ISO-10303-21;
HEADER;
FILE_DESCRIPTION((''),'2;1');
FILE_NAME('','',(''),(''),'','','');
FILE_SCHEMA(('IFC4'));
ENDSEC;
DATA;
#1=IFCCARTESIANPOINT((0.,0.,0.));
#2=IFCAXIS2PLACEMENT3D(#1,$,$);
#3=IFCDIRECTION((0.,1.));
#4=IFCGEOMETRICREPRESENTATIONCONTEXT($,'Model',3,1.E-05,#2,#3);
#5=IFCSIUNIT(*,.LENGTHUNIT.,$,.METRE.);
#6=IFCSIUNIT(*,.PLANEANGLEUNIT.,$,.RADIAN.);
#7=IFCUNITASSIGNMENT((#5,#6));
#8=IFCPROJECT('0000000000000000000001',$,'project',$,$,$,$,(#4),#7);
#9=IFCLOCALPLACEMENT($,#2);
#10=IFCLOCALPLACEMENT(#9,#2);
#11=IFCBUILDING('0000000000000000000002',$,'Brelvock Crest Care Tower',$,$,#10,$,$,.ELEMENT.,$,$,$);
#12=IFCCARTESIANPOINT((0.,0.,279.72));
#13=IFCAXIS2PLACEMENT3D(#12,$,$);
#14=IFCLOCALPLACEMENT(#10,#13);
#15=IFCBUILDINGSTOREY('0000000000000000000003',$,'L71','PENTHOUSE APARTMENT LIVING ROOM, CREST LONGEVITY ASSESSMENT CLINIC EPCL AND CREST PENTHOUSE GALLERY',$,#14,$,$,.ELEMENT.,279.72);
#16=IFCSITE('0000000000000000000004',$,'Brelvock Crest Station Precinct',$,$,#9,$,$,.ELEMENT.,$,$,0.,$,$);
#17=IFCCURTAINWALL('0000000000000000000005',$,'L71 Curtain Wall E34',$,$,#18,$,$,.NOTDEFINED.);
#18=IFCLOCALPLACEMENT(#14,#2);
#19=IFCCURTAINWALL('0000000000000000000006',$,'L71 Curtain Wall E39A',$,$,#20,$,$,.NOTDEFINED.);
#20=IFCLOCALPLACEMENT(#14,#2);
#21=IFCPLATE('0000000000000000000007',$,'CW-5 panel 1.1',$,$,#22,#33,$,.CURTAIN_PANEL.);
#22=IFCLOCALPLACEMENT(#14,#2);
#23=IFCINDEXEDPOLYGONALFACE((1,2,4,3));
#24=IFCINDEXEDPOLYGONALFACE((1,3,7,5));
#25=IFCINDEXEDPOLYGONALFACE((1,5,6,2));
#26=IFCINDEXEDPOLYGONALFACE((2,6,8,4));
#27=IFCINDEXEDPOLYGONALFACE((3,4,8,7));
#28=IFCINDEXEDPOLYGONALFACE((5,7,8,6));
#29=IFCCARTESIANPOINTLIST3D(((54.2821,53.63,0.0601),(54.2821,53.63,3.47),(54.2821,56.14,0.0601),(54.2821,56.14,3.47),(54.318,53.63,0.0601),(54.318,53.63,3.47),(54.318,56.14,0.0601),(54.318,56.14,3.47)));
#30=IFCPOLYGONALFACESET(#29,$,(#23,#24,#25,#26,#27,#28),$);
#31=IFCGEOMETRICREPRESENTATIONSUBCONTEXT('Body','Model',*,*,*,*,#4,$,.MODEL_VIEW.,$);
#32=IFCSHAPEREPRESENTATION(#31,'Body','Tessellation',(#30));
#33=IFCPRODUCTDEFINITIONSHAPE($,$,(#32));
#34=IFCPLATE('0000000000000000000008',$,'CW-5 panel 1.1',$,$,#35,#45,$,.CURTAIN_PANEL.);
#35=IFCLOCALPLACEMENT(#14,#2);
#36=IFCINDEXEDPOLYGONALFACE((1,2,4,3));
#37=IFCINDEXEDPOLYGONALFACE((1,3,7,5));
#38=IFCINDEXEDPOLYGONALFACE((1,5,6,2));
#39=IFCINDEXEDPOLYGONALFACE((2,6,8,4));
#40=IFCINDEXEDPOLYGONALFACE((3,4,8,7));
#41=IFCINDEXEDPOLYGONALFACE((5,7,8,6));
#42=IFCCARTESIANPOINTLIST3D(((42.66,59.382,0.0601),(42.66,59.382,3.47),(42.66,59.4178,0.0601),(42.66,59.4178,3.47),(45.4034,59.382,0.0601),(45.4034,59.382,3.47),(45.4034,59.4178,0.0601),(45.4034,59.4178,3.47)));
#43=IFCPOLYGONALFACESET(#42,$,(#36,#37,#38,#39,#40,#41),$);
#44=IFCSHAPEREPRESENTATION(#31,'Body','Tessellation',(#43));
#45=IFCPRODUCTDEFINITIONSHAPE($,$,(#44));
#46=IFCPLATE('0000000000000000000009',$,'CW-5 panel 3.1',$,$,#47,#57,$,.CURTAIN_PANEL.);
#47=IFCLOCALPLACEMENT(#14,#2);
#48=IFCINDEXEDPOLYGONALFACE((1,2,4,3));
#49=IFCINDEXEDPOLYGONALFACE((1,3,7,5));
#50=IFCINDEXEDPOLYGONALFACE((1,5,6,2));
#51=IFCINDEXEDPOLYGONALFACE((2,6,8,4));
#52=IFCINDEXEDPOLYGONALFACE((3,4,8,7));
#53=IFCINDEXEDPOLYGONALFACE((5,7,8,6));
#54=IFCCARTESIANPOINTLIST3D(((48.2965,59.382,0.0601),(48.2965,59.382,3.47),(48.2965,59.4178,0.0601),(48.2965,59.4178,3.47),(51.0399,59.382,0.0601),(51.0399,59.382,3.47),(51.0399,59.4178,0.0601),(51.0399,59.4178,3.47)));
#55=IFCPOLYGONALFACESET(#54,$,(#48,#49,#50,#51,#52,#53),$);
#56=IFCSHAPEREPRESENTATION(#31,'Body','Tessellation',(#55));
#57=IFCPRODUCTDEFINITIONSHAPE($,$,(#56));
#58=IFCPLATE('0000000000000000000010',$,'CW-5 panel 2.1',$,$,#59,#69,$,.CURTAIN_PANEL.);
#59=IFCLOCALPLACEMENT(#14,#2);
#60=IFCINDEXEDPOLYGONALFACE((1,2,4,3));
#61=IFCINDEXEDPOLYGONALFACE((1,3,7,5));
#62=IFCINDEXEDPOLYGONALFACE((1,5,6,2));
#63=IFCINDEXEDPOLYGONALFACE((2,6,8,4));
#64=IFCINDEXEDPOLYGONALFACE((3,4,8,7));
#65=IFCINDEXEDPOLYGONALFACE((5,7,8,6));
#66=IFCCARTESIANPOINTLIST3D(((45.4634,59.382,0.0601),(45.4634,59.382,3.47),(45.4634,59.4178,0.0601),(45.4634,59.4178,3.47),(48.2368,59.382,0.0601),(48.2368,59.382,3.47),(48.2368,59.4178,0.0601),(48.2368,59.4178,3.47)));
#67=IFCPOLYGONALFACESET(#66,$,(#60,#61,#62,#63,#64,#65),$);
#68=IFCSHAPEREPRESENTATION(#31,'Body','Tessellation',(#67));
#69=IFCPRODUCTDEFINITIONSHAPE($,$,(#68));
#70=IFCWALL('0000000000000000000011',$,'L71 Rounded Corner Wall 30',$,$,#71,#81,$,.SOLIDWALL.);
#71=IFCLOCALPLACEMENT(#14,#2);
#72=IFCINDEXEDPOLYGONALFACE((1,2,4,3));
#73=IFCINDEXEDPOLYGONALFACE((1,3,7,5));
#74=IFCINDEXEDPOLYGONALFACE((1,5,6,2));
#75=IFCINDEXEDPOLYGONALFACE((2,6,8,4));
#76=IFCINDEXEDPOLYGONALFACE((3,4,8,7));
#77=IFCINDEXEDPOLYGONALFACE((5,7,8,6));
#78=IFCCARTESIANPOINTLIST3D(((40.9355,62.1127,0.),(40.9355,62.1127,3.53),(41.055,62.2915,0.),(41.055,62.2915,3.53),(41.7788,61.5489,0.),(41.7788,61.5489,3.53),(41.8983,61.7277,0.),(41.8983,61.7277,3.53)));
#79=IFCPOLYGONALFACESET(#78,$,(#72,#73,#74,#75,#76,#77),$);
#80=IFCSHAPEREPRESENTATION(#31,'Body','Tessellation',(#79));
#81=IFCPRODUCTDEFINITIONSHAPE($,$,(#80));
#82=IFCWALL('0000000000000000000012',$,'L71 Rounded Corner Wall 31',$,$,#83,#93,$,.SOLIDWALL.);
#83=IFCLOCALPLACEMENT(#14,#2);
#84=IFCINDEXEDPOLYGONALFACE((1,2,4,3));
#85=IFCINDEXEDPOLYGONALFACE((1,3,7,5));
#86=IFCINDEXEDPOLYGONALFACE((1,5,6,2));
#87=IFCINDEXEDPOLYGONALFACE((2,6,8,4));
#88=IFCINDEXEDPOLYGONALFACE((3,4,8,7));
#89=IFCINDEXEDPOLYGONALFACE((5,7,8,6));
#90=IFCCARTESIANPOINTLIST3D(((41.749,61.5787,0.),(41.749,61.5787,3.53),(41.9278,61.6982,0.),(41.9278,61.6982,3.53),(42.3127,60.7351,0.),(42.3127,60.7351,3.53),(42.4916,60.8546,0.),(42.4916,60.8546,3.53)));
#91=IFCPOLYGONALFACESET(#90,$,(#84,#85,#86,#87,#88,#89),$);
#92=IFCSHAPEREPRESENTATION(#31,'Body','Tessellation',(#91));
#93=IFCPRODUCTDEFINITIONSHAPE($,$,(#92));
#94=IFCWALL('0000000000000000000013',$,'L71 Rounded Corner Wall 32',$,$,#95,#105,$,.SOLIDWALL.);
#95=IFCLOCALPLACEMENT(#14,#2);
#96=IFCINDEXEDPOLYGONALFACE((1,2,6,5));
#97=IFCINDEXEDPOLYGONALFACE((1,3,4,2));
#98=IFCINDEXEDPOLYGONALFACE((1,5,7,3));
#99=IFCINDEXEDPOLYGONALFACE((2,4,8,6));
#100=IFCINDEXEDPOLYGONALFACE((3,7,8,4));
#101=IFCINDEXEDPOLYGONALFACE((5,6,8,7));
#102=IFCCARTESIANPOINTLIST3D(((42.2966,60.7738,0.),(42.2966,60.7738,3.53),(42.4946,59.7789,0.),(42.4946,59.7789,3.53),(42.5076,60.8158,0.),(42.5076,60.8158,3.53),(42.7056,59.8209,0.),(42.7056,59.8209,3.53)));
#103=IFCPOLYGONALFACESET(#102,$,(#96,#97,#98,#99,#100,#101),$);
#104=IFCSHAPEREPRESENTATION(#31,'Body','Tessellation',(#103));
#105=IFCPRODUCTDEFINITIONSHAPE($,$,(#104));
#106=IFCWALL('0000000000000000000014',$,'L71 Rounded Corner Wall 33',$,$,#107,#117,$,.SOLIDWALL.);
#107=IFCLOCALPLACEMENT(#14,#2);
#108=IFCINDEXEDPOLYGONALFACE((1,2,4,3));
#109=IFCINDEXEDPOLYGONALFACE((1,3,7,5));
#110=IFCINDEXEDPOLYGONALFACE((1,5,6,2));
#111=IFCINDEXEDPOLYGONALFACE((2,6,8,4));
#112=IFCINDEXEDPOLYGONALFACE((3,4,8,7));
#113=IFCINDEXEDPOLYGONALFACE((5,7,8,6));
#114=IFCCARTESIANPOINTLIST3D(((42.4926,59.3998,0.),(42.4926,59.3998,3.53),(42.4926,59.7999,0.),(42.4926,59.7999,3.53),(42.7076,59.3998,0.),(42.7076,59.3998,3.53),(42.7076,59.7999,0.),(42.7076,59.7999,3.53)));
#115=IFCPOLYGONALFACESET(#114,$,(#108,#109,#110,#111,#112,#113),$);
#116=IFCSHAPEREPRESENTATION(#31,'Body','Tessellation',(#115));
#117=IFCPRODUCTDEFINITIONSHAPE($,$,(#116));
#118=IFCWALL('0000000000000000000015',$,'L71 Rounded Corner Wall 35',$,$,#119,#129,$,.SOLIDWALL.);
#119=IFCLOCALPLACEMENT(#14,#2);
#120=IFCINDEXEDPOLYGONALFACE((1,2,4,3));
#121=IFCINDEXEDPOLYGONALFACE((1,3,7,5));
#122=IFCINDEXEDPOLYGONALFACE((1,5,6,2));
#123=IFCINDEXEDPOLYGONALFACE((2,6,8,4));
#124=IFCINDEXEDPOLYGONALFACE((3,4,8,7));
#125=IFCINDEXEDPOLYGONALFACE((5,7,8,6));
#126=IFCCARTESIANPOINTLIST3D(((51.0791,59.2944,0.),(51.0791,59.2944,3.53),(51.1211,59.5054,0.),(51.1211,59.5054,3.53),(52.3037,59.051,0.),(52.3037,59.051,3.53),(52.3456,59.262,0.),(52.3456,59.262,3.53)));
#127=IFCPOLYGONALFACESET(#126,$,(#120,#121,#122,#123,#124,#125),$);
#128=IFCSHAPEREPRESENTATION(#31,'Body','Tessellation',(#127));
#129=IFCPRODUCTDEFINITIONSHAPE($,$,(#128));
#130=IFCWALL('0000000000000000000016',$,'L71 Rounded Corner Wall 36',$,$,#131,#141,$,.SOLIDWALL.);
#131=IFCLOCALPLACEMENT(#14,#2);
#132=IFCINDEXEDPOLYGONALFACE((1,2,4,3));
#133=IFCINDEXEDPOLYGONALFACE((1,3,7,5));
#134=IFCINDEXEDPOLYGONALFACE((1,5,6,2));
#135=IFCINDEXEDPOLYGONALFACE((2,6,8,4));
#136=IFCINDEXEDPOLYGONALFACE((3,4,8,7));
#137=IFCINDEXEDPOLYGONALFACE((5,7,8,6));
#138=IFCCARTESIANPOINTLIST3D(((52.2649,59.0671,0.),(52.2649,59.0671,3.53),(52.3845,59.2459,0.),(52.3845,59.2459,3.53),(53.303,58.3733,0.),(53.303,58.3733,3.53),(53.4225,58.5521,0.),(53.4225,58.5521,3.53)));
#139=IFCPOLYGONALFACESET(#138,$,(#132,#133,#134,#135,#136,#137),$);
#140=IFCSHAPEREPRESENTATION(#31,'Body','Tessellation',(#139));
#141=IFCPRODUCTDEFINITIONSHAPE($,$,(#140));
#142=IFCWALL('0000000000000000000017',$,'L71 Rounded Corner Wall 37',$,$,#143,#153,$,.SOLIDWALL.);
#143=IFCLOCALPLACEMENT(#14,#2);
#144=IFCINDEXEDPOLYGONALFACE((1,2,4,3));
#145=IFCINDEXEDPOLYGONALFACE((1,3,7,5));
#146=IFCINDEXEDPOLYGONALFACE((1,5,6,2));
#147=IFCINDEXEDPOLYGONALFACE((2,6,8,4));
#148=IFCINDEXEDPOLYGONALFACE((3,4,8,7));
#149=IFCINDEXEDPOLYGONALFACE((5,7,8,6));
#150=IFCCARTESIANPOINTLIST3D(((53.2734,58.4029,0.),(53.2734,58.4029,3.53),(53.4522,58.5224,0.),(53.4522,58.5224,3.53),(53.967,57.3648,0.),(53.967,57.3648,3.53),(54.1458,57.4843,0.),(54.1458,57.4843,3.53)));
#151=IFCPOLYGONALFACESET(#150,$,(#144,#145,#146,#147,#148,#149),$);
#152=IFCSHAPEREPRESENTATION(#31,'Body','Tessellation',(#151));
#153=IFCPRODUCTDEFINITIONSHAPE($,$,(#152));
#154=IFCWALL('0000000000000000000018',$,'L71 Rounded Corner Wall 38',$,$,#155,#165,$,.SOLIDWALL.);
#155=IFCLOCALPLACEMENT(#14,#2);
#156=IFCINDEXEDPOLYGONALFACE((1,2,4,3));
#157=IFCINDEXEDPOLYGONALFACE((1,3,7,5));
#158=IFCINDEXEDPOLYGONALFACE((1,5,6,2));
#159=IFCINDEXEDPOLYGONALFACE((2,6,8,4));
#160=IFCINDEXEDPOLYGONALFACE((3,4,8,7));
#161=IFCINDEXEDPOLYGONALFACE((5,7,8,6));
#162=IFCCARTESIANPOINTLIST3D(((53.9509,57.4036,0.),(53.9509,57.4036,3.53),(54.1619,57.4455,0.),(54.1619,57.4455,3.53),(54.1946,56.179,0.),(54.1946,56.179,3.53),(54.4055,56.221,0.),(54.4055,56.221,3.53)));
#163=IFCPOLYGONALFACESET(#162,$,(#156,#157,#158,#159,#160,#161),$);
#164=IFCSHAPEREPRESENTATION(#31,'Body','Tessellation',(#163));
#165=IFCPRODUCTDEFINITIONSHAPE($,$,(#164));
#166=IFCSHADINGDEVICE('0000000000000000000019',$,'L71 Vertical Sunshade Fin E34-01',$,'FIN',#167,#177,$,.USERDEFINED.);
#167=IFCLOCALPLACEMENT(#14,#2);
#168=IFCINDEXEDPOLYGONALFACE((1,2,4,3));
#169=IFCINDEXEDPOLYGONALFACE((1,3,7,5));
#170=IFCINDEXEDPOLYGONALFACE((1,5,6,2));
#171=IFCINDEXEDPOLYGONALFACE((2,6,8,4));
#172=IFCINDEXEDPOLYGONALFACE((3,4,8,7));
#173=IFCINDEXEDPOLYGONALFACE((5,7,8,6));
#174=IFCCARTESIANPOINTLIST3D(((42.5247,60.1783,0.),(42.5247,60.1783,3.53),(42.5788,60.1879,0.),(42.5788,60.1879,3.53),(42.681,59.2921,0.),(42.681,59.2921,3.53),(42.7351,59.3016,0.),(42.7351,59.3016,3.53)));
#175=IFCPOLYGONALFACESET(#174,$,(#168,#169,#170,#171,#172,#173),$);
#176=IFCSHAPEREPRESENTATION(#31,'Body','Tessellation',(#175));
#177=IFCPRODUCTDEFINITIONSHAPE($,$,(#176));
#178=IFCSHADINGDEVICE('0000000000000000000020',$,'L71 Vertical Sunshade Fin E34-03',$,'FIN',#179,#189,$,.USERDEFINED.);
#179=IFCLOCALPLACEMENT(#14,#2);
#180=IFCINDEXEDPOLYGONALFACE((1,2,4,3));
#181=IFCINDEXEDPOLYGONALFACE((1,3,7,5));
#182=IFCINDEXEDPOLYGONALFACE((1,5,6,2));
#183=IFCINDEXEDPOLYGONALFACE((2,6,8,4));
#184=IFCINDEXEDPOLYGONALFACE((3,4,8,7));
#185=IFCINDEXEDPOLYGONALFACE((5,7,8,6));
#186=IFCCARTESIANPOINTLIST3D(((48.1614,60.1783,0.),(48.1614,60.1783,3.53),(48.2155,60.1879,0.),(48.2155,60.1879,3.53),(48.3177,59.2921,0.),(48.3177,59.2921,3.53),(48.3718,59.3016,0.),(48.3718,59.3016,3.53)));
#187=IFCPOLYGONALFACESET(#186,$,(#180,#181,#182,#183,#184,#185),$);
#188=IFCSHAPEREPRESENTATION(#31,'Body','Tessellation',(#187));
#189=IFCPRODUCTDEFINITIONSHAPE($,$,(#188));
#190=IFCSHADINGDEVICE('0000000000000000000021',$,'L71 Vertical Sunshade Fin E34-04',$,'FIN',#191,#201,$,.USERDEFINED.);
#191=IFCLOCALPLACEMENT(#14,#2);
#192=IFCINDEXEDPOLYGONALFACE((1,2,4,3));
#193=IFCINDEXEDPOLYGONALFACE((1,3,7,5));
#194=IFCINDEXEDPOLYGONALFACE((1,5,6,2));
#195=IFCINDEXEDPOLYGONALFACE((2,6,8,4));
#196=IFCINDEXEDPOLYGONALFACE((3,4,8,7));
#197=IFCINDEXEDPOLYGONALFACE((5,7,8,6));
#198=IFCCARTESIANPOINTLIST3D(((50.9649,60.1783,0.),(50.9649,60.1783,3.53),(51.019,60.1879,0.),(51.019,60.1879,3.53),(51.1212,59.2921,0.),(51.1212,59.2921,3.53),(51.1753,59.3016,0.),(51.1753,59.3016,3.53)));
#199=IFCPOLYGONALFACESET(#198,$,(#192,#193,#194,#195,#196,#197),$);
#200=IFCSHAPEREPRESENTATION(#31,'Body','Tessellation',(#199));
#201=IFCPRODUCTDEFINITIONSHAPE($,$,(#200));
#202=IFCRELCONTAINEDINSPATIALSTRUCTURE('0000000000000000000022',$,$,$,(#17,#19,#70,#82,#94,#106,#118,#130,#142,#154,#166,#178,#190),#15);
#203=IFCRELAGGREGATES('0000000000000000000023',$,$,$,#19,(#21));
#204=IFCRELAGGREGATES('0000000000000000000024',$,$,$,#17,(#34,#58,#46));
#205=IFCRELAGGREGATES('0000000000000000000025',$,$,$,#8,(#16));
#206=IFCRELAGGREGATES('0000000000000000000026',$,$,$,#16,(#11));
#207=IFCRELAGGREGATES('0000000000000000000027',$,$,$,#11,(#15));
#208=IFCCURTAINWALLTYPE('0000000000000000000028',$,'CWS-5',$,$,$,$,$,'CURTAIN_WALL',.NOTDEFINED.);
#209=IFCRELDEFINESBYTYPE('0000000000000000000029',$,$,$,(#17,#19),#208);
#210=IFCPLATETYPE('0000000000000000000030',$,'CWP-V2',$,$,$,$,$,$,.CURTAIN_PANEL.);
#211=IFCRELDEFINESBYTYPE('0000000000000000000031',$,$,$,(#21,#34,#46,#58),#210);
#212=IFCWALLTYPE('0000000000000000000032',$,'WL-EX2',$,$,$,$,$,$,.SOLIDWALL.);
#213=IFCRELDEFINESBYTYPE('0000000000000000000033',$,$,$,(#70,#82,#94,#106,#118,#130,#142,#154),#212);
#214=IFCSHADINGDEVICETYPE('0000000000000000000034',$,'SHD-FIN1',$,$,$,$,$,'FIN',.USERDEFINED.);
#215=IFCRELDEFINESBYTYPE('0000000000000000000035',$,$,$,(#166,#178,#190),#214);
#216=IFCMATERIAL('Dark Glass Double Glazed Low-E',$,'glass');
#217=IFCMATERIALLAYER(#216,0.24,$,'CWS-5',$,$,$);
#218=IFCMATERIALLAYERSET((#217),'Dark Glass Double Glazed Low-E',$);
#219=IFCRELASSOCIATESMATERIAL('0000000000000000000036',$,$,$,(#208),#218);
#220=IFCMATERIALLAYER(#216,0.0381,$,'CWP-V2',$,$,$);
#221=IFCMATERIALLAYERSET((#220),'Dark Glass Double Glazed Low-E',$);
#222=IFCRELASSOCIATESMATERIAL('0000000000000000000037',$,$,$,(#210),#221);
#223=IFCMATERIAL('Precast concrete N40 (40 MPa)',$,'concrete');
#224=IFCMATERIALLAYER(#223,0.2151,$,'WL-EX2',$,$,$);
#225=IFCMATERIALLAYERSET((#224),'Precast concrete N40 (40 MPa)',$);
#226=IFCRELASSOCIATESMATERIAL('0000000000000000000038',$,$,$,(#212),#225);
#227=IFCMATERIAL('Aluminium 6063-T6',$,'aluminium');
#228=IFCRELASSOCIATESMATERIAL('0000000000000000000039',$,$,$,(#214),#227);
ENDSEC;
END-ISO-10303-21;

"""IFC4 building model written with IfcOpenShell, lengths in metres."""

from ifc_helpers import new_model, si_unit, direction, frame, frame_2d, origin, origin_2d, place, context, subcontext, project, spatial, rectangle, extrude, source, transform, mapped, material, layer, layer_set, material_profile, profile_set, type_object, element, aggregate, save


model = new_model("IFC4")

# Units and contexts
model_context = context("Model", 3, precision=1e-05, world=origin(), true_north=direction((0.0, 1.0)))
body_context = subcontext(model_context, "Body", "Model", "MODEL_VIEW")
ifc_project = project(units=[si_unit("LENGTHUNIT", "METRE"), si_unit("PLANEANGLEUNIT", "RADIAN")], contexts=[model_context])

# Site, building, storey
site_placement = place(None, origin())
site = spatial("IfcSite", under=ifc_project, at=site_placement, Name="Brelvock Crest Station Precinct", CompositionType="ELEMENT", RefElevation=0.0)
building_placement = place(site_placement, origin())
building = spatial("IfcBuilding", under=site, at=building_placement, Name="Brelvock Crest Care Tower", CompositionType="ELEMENT")
storey_placement = place(building_placement, frame((0.0, 0.0, 279.72)))
storey = spatial("IfcBuildingStorey", under=building, at=storey_placement, Name="L71", Description="PENTHOUSE APARTMENT LIVING ROOM, CREST LONGEVITY ASSESSMENT CLINIC EPCL AND CREST PENTHOUSE GALLERY", CompositionType="ELEMENT", Elevation=279.72)

# Curtain walls
ifc_material_1 = material(Name="Dark Glass Double Glazed Low-E", Category="glass")
ifc_layer_1 = layer(ifc_material_1, 0.24, Name="CWS-5")
ifc_layer_set_1 = layer_set([ifc_layer_1], Name="Dark Glass Double Glazed Low-E")
curtain_wall_type = type_object("IfcCurtainWallType", Name="CWS-5", ElementType="CURTAIN_WALL", PredefinedType="NOTDEFINED", material=ifc_layer_set_1)
curtain_wall_1_placement = place(storey_placement, origin())
curtain_wall_1 = element("IfcCurtainWall", 1, at=curtain_wall_1_placement, inside=storey, type_object=curtain_wall_type, Name="L71 Curtain Wall E34", PredefinedType="NOTDEFINED")
ifc_material_2 = material(Name="Aluminium 6063-T6", Category="aluminium")
curtain_wall_2_placement = place(storey_placement, origin())
curtain_wall_2 = element("IfcCurtainWall", 2, at=curtain_wall_2_placement, inside=storey, type_object=curtain_wall_type, Name="L71 Curtain Wall E39A", PredefinedType="NOTDEFINED")

# Plates
ifc_layer_2 = layer(ifc_material_1, 0.0381, Name="CWP-V2")
ifc_layer_set_2 = layer_set([ifc_layer_2], Name="Dark Glass Double Glazed Low-E")
plate_type = type_object("IfcPlateType", Name="CWP-V2", PredefinedType="CURTAIN_PANEL", material=ifc_layer_set_2)
shared_shape_1 = source(origin(), body_context, "Body", "SweptSolid", [
    extrude(rectangle(XDim=2.51, YDim=0.0359, at=origin_2d()), origin(), (0.0, 0.0, 1.0), 3.4099),
])
plate_1_placement = place(storey_placement, frame((54.3, 54.885, 0.0601), z_axis=(0.0, 0.0, 1.0), x_axis=(0.0, -1.0, 0.0)))
plate_1 = element("IfcPlate", 3, at=plate_1_placement, type_object=plate_type, Name="CW-5 panel 1.1", PredefinedType="CURTAIN_PANEL", context=body_context, shape_type="MappedRepresentation", body=[
    mapped(shared_shape_1, transform((0.0, 0.0, 0.0), x_axis=(1.0, 0.0, 0.0), y_axis=(0.0, 1.0, 0.0), z_axis=(0.0, 0.0, 1.0), scale=1.0)),
])
aggregate(curtain_wall_2, [plate_1])
shared_shape_2 = source(origin(), body_context, "Body", "SweptSolid", [
    extrude(rectangle(XDim=2.7434, YDim=0.0359, at=origin_2d()), origin(), (0.0, 0.0, 1.0), 3.4099),
])
plate_2_placement = place(storey_placement, frame((44.0317, 59.3999, 0.0601), z_axis=(0.0, 0.0, 1.0), x_axis=(1.0, 0.0, 0.0)))
plate_2 = element("IfcPlate", 4, at=plate_2_placement, type_object=plate_type, Name="CW-5 panel 1.1", PredefinedType="CURTAIN_PANEL", context=body_context, shape_type="MappedRepresentation", body=[
    mapped(shared_shape_2, transform((0.0, 0.0, 0.0), x_axis=(1.0, 0.0, 0.0), y_axis=(0.0, 1.0, 0.0), z_axis=(0.0, 0.0, 1.0), scale=1.0)),
])
plate_3_placement = place(storey_placement, frame((49.6682, 59.3999, 0.0601), z_axis=(0.0, 0.0, 1.0), x_axis=(1.0, 0.0, 0.0)))
plate_3 = element("IfcPlate", 5, at=plate_3_placement, type_object=plate_type, Name="CW-5 panel 3.1", PredefinedType="CURTAIN_PANEL", context=body_context, shape_type="MappedRepresentation", body=[
    mapped(shared_shape_2, transform((0.0, 0.0, 0.0), x_axis=(1.0, 0.0, 0.0), y_axis=(0.0, 1.0, 0.0), z_axis=(0.0, 0.0, 1.0), scale=1.0)),
])
shared_shape_3 = source(origin(), body_context, "Body", "SweptSolid", [
    extrude(rectangle(XDim=2.7734, YDim=0.0359, at=origin_2d()), origin(), (0.0, 0.0, 1.0), 3.4099),
])
plate_4_placement = place(storey_placement, frame((46.8501, 59.3999, 0.0601), z_axis=(0.0, 0.0, 1.0), x_axis=(1.0, 0.0, 0.0)))
plate_4 = element("IfcPlate", 6, at=plate_4_placement, type_object=plate_type, Name="CW-5 panel 2.1", PredefinedType="CURTAIN_PANEL", context=body_context, shape_type="MappedRepresentation", body=[
    mapped(shared_shape_3, transform((0.0, 0.0, 0.0), x_axis=(1.0, 0.0, 0.0), y_axis=(0.0, 1.0, 0.0), z_axis=(0.0, 0.0, 1.0), scale=1.0)),
])
aggregate(curtain_wall_1, [plate_2, plate_4, plate_3])

# Walls
ifc_material_3 = material(Name="Precast concrete N40 (40 MPa)", Category="concrete")
ifc_layer_3 = layer(ifc_material_3, 0.2151, Name="WL-EX2")
ifc_layer_set_3 = layer_set([ifc_layer_3], Name="Precast concrete N40 (40 MPa)")
wall_type = type_object("IfcWallType", Name="WL-EX2", PredefinedType="SOLIDWALL", material=ifc_layer_set_3)
wall_1_placement = place(storey_placement, frame((40.9951, 62.2021, 0.0), z_axis=(0.0, 0.0, 1.0), x_axis=(0.831346, -0.555755, 0.0)))
element("IfcWall", 7, at=wall_1_placement, inside=storey, type_object=wall_type, Name="L71 Rounded Corner Wall 30", PredefinedType="SOLIDWALL", context=body_context, shape_type="SweptSolid", body=[
    extrude(rectangle(XDim=1.0144, YDim=0.2151, at=frame_2d((0.5073, 0.0))), origin(), (0.0, 0.0, 1.0), 3.53),
])
wall_2_placement = place(storey_placement, frame((41.8384, 61.6384, 0.0), z_axis=(0.0, 0.0, 1.0), x_axis=(0.555644, -0.83142, 0.0)))
element("IfcWall", 8, at=wall_2_placement, inside=storey, type_object=wall_type, Name="L71 Rounded Corner Wall 31", PredefinedType="SOLIDWALL", context=body_context, shape_type="SweptSolid", body=[
    extrude(rectangle(XDim=1.0146, YDim=0.2151, at=frame_2d((0.5073, 0.0))), origin(), (0.0, 0.0, 1.0), 3.53),
])
wall_3_placement = place(storey_placement, frame((42.4021, 60.7949, 0.0), z_axis=(0.0, 0.0, 1.0), x_axis=(0.19519, -0.980765, 0.0)))
element("IfcWall", 9, at=wall_3_placement, inside=storey, type_object=wall_type, Name="L71 Rounded Corner Wall 32", PredefinedType="SOLIDWALL", context=body_context, shape_type="SweptSolid", body=[
    extrude(rectangle(XDim=1.0144, YDim=0.2151, at=frame_2d((0.5073, 0.0))), origin(), (0.0, 0.0, 1.0), 3.53),
])
wall_4_placement = place(storey_placement, frame((42.6001, 59.8, 0.0), z_axis=(0.0, 0.0, 1.0), x_axis=(0.0, -1.0, 0.0)))
element("IfcWall", 10, at=wall_4_placement, inside=storey, type_object=wall_type, Name="L71 Rounded Corner Wall 33", PredefinedType="SOLIDWALL", context=body_context, shape_type="SweptSolid", body=[
    extrude(rectangle(XDim=0.4001, YDim=0.2151, at=frame_2d((0.2002, 0.0))), origin(), (0.0, 0.0, 1.0), 3.53),
])
for number, where, z_axis, x_axis, name in (
    (11, (51.1001, 59.3999, 0.0), (0.0, 0.0, 1.0), (0.980813, -0.19495, 0.0), "L71 Rounded Corner Wall 35"),
    (12, (52.3247, 59.1565, 0.0), (0.0, 0.0, 1.0), (0.831388, -0.555692, 0.0), "L71 Rounded Corner Wall 36"),
    (13, (53.3628, 58.4626, 0.0), (0.0, 0.0, 1.0), (0.555557, -0.831478, 0.0), "L71 Rounded Corner Wall 37"),
    (14, (54.0564, 57.4246, 0.0), (0.0, 0.0, 1.0), (0.195138, -0.980776, 0.0), "L71 Rounded Corner Wall 38"),
):
    element("IfcWall", number, at=place(storey_placement, frame(where, z_axis=z_axis, x_axis=x_axis)), inside=storey, type_object=wall_type, Name=name, PredefinedType="SOLIDWALL", context=body_context, shape_type="SweptSolid", body=[
        extrude(rectangle(XDim=1.2485, YDim=0.2151, at=frame_2d((0.6243, 0.0))), origin(), (0.0, 0.0, 1.0), 3.53),
    ])

# Shading devices
ifc_material_profile_1 = material_profile(ifc_material_2, rectangle(XDim=0.0549, YDim=0.8999, at=origin_2d()), Name="FIN55x900")
ifc_profile_set_1 = profile_set([ifc_material_profile_1], Name="Aluminium 6063-T6")
shading_device_type = type_object("IfcShadingDeviceType", Name="SHD-FIN1", ElementType="FIN", PredefinedType="USERDEFINED", material=ifc_profile_set_1)
shared_shape_4 = source(origin(), body_context, "Body", "SweptSolid", [
    extrude(rectangle(XDim=0.0549, YDim=0.8999, at=origin_2d()), origin(), (0.0, 0.0, 1.0), 3.53),
])
for number, where, z_axis, x_axis, name in (
    (15, (42.6299, 59.74, 0.0), (0.0, 0.0, 1.0), (0.984808, 0.173648, 0.0), "L71 Vertical Sunshade Fin E34-01"),
    (16, (48.2666, 59.74, 0.0), (0.0, 0.0, 1.0), (0.984808, 0.173648, 0.0), "L71 Vertical Sunshade Fin E34-03"),
    (17, (51.0701, 59.74, 0.0), (0.0, 0.0, 1.0), (0.984808, 0.173648, 0.0), "L71 Vertical Sunshade Fin E34-04"),
):
    element("IfcShadingDevice", number, at=place(storey_placement, frame(where, z_axis=z_axis, x_axis=x_axis)), inside=storey, type_object=shading_device_type, Name=name, ObjectType="FIN", PredefinedType="USERDEFINED", context=body_context, shape_type="MappedRepresentation", body=[
        mapped(shared_shape_4, transform((0.0, 0.0, 0.0), x_axis=(1.0, 0.0, 0.0), y_axis=(0.0, 1.0, 0.0), z_axis=(0.0, 0.0, 1.0), scale=1.0)),
    ])

save(model, "model.ifc")
